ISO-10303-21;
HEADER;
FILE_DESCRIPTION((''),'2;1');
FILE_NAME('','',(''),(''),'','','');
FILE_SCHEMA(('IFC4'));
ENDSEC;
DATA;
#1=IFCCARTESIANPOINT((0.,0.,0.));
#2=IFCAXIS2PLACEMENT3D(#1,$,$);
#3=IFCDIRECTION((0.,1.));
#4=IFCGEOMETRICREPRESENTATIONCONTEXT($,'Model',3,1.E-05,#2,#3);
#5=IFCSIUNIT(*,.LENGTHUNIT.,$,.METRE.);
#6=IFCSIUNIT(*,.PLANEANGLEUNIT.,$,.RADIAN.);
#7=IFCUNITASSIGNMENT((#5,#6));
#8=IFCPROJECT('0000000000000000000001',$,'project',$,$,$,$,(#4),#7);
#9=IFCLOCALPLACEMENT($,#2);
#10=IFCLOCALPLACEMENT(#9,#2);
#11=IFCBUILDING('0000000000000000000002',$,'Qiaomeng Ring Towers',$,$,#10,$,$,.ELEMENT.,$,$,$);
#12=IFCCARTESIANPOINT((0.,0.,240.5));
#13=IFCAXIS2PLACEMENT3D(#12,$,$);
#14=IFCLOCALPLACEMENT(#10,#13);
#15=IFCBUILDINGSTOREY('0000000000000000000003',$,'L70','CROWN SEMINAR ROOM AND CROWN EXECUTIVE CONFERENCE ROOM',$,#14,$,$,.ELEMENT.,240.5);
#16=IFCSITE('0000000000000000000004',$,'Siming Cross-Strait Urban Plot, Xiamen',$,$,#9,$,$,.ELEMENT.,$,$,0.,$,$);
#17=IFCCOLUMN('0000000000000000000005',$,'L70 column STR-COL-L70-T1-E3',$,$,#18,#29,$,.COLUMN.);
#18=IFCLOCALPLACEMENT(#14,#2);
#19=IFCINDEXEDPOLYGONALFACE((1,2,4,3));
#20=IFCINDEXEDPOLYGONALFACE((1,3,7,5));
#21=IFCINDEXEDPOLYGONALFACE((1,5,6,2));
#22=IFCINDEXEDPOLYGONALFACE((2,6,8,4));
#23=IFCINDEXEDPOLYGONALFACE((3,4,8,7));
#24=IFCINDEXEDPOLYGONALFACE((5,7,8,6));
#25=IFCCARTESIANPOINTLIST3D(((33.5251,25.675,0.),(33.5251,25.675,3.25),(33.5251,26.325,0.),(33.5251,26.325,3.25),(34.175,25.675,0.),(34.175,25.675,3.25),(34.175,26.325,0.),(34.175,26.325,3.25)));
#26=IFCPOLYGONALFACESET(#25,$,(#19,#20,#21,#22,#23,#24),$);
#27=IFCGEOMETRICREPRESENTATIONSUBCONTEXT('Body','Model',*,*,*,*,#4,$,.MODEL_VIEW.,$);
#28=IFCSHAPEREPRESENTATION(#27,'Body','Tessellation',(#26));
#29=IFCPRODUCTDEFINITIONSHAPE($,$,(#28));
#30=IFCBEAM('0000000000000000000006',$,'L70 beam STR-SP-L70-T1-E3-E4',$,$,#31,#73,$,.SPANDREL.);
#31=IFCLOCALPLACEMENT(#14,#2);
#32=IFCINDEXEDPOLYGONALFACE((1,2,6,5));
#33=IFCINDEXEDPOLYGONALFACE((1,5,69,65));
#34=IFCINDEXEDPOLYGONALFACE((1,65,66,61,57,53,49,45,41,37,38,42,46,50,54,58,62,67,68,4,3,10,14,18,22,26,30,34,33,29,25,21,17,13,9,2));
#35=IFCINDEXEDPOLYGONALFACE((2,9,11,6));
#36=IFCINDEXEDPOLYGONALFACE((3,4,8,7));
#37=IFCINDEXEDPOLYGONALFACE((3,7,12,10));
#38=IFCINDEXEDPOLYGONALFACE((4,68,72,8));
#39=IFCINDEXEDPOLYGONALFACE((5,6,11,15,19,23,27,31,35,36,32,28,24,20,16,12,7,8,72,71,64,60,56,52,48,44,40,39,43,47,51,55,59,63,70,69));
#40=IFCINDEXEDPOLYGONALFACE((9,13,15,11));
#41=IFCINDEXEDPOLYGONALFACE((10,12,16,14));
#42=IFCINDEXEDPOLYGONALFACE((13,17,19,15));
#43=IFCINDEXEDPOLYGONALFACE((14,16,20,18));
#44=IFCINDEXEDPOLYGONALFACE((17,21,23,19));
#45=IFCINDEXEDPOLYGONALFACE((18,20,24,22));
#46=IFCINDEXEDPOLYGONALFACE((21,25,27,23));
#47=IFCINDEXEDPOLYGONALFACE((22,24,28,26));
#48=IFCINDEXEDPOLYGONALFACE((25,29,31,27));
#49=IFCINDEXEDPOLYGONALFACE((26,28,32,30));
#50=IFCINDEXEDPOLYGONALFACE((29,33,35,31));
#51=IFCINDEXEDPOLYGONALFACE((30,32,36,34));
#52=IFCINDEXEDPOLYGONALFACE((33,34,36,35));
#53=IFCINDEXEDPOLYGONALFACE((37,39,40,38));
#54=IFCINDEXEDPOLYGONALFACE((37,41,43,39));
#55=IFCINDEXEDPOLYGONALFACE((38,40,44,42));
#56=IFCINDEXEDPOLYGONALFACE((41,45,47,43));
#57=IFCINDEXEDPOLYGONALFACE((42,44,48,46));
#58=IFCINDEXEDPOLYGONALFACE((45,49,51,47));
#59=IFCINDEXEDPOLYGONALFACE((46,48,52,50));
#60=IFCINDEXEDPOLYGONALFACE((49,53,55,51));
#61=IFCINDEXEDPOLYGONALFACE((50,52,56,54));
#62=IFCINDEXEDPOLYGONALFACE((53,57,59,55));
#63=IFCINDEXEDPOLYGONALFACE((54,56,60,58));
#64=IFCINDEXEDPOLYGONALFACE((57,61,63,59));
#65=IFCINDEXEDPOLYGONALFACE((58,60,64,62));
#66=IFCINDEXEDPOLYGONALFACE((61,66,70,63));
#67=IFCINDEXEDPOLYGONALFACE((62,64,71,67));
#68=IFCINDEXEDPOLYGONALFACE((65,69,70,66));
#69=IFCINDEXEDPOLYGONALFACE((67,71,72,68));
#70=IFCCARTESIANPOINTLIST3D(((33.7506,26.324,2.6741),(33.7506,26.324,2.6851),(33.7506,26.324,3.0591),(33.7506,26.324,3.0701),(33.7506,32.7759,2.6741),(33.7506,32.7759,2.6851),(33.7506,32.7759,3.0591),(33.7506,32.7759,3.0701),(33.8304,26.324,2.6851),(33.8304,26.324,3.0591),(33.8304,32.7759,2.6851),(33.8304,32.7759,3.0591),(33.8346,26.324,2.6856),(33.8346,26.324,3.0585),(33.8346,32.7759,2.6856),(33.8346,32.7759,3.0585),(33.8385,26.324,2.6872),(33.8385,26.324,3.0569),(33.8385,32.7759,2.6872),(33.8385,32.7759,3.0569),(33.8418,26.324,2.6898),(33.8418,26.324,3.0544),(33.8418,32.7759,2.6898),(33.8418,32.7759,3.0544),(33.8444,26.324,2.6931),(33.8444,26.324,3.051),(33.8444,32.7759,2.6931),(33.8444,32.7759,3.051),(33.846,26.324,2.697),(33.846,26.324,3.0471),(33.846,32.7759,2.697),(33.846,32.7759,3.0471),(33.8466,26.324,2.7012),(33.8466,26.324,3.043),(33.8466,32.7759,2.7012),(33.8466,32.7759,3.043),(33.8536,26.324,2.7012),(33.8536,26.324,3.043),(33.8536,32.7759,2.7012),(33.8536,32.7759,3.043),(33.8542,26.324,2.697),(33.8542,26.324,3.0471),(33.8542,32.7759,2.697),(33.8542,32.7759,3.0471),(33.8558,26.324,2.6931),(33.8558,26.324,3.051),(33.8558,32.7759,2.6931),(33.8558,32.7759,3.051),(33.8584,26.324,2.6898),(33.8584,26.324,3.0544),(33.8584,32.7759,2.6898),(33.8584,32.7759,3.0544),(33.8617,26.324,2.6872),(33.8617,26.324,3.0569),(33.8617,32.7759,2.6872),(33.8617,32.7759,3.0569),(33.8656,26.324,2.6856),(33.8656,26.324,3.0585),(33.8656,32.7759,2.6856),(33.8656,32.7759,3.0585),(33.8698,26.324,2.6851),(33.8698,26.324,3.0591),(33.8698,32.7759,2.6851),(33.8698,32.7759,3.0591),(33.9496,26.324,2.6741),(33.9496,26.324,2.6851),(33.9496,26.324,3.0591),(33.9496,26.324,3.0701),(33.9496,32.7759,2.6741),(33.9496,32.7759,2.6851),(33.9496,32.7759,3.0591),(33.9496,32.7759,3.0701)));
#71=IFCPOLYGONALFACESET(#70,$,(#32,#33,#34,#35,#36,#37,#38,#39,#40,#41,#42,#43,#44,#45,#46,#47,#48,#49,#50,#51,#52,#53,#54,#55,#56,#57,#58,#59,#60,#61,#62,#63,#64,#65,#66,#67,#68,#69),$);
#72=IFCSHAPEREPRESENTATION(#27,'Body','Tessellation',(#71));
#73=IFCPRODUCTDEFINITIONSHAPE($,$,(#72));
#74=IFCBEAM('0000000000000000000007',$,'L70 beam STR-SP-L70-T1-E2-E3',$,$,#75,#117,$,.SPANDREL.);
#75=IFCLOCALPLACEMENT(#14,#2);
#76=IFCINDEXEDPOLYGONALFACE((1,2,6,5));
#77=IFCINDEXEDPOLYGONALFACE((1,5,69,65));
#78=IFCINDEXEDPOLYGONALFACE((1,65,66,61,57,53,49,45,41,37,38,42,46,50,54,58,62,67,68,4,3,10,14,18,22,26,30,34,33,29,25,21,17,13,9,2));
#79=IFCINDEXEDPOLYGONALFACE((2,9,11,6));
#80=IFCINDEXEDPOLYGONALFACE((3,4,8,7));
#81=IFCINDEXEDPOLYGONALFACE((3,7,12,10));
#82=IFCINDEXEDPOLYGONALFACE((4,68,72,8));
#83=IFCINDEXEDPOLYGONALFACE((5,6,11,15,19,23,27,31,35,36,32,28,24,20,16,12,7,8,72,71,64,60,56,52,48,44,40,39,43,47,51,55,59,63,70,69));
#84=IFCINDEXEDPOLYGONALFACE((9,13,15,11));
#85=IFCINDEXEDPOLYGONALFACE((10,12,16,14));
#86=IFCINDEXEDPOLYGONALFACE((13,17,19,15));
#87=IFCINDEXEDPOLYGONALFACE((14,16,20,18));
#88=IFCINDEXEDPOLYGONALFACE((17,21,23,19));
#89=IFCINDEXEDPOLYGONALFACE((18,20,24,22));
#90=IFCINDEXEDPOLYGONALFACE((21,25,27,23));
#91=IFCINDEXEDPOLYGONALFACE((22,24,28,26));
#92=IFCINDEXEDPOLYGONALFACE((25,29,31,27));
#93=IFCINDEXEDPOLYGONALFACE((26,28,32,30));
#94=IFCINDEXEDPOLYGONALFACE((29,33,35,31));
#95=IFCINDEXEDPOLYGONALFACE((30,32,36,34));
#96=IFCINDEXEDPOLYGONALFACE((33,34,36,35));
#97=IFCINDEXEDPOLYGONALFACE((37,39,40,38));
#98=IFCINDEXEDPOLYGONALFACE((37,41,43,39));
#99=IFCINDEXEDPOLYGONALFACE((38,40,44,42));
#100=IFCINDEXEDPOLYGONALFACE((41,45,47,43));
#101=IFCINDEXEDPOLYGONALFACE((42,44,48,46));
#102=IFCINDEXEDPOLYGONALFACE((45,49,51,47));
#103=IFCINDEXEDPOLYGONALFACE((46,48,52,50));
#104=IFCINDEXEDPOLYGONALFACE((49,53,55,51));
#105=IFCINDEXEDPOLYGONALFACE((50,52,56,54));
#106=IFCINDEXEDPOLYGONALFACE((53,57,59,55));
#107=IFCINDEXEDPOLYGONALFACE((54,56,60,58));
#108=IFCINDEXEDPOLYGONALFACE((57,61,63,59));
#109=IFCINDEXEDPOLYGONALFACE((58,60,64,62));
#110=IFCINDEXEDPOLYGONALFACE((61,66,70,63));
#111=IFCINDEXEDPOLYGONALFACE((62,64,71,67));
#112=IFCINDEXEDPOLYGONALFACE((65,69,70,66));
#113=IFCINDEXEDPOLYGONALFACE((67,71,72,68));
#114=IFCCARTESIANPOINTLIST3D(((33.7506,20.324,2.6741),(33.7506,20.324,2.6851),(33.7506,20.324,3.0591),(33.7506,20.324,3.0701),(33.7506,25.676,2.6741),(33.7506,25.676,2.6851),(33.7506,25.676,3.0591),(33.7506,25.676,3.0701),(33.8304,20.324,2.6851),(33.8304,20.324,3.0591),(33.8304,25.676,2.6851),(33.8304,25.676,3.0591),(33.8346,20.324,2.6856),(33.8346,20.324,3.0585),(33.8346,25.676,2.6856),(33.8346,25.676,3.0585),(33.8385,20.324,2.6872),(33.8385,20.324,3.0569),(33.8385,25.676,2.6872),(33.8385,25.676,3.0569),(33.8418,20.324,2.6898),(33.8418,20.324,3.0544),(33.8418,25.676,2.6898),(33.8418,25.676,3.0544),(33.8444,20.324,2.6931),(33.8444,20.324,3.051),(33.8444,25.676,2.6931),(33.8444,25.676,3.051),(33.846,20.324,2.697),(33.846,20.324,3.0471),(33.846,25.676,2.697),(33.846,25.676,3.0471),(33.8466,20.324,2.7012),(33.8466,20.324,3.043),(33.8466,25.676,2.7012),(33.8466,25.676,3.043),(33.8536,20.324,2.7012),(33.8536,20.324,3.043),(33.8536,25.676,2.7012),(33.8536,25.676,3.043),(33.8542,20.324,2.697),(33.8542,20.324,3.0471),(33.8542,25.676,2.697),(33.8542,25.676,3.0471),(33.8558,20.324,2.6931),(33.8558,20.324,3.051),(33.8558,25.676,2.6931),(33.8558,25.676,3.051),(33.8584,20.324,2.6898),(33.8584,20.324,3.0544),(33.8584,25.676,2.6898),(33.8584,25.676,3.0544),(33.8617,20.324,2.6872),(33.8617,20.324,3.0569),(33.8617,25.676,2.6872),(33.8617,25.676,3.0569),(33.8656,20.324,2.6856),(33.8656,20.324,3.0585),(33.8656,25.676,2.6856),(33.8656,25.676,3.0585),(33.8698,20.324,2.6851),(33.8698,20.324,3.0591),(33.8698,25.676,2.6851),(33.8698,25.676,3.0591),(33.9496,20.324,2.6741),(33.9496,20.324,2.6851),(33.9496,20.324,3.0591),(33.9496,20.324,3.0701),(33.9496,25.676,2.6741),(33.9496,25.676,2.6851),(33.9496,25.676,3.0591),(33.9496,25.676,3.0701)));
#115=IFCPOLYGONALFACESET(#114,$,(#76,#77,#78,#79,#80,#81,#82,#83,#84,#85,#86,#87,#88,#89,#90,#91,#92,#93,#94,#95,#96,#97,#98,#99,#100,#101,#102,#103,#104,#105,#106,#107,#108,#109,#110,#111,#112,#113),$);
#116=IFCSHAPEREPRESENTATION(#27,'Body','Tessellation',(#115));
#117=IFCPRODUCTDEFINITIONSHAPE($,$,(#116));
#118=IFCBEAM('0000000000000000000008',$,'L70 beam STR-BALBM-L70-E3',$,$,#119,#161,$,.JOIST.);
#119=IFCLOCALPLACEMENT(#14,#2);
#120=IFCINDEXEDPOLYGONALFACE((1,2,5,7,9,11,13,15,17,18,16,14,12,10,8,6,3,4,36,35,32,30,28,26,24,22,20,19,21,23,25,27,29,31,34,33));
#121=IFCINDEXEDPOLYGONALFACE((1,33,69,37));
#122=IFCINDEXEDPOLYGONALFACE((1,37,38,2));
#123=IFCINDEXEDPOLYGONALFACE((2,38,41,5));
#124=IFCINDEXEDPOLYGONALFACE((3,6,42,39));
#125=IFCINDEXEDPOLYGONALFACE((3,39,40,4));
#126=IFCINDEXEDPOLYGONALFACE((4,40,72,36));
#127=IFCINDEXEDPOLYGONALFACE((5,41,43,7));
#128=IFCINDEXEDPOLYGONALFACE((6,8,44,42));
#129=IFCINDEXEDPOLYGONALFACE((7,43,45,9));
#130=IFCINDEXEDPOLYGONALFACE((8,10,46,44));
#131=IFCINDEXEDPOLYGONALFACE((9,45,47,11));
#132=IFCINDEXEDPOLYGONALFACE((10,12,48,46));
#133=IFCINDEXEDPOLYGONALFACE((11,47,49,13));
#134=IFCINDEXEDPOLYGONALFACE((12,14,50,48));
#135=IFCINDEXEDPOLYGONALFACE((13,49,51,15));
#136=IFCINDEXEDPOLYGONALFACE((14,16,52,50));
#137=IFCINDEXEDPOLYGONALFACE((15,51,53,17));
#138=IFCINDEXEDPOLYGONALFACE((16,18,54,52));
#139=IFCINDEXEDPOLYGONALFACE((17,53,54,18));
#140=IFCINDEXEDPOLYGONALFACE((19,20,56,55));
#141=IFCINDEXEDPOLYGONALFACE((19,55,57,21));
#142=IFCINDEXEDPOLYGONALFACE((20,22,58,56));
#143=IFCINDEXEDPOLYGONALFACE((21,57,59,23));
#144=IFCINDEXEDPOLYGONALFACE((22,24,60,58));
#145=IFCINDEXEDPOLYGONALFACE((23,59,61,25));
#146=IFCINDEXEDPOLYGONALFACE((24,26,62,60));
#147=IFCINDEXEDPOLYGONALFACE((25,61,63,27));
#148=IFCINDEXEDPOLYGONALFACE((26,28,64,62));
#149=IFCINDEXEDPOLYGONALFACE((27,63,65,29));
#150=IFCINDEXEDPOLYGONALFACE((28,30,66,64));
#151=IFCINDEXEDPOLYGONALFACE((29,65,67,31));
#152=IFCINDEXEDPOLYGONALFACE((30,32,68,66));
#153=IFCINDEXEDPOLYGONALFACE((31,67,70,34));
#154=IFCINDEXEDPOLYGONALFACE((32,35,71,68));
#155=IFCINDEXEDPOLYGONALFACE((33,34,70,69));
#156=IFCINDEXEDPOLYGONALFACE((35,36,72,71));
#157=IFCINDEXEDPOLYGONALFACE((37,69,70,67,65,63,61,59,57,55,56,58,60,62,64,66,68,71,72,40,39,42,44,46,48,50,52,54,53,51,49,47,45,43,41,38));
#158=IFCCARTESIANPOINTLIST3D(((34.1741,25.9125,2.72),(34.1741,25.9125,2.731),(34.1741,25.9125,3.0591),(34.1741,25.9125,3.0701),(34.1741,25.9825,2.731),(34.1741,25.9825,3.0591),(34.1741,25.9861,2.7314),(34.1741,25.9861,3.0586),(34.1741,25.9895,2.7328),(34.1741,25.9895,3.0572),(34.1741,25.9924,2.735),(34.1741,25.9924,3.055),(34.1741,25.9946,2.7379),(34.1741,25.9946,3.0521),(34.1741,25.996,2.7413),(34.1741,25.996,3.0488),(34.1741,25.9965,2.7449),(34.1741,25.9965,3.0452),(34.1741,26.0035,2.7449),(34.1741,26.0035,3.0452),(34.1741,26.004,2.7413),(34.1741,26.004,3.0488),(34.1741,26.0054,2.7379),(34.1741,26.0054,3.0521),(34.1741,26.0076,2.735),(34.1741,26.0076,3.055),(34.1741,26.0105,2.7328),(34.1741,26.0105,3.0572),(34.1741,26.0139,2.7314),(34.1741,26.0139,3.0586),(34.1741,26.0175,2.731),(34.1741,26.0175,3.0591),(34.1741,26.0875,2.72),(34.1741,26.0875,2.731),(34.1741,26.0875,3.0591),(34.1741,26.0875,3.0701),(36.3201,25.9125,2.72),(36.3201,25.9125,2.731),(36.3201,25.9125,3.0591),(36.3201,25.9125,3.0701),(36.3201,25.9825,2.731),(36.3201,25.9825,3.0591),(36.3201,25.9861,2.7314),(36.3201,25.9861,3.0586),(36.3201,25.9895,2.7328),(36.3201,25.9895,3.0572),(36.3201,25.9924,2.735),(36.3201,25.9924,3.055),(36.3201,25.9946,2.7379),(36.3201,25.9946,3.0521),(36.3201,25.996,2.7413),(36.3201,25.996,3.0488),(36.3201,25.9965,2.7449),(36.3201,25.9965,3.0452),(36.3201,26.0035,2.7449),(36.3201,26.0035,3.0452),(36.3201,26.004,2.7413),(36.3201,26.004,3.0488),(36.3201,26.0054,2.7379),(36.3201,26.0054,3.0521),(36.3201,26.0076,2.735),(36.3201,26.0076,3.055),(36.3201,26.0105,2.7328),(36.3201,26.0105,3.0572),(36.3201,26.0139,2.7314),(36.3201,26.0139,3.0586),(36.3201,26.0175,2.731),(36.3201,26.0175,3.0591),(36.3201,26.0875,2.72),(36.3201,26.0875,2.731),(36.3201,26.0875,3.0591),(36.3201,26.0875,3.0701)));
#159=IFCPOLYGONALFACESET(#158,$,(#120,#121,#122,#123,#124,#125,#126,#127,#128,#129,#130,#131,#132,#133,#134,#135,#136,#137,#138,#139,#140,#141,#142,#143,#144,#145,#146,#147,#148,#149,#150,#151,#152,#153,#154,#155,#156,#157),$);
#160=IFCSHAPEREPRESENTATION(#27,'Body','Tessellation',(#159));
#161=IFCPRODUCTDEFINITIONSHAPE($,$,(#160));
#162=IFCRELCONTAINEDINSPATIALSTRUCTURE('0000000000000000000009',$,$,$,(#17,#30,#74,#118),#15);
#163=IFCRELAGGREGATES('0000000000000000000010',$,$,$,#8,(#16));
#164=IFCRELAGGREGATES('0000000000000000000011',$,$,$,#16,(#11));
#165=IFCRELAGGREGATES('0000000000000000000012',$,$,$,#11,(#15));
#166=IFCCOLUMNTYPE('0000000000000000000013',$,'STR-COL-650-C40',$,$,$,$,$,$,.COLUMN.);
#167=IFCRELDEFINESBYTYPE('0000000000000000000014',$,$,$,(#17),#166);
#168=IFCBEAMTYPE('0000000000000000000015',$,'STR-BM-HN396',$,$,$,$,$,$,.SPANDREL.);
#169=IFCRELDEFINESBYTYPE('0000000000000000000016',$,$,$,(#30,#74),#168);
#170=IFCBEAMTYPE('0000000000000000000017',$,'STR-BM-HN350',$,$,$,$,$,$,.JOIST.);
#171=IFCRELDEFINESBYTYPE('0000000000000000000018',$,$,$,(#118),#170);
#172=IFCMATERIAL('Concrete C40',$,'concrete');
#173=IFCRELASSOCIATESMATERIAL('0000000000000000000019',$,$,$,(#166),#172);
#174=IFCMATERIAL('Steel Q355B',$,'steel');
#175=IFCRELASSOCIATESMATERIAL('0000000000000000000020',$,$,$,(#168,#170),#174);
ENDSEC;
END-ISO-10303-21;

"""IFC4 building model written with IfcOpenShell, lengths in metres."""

from ifc_helpers import new_model, si_unit, direction, frame, origin, origin_2d, place, context, subcontext, project, spatial, rectangle, i_section, extrude, source, transform, mapped, material, material_profile, profile_set, type_object, element, save


model = new_model("IFC4")

# Units and contexts
model_context = context("Model", 3, precision=1e-05, world=origin(), true_north=direction((0.0, 1.0)))
body_context = subcontext(model_context, "Body", "Model", "MODEL_VIEW")
ifc_project = project(units=[si_unit("LENGTHUNIT", "METRE"), si_unit("PLANEANGLEUNIT", "RADIAN")], contexts=[model_context])

# Site, building, storey
site_placement = place(None, origin())
site = spatial("IfcSite", under=ifc_project, at=site_placement, Name="Siming Cross-Strait Urban Plot, Xiamen", CompositionType="ELEMENT", RefElevation=0.0)
building_placement = place(site_placement, origin())
building = spatial("IfcBuilding", under=site, at=building_placement, Name="Qiaomeng Ring Towers", CompositionType="ELEMENT")
storey_placement = place(building_placement, frame((0.0, 0.0, 240.5)))
storey = spatial("IfcBuildingStorey", under=building, at=storey_placement, Name="L70", Description="CROWN SEMINAR ROOM AND CROWN EXECUTIVE CONFERENCE ROOM", CompositionType="ELEMENT", Elevation=240.5)

# Column
ifc_material_1 = material(Name="Concrete C40", Category="concrete")
ifc_material_profile_1 = material_profile(ifc_material_1, rectangle(XDim=0.6499, YDim=0.6499, at=origin_2d()), Name="RC COL 650x650")
ifc_profile_set_1 = profile_set([ifc_material_profile_1], Name="Concrete C40")
column_type = type_object("IfcColumnType", Name="STR-COL-650-C40", PredefinedType="COLUMN", material=ifc_profile_set_1)
shared_shape_1 = source(origin(), body_context, "Body", "SweptSolid", [
    extrude(rectangle(XDim=0.6499, YDim=0.6499, at=origin_2d()), origin(), (0.0, 0.0, 1.0), 3.25),
])
column_placement = place(storey_placement, frame((33.8501, 26.0, 0.0), z_axis=(0.0, 0.0, 1.0), x_axis=(1.0, 0.0, 0.0)))
element("IfcColumn", 1, at=column_placement, inside=storey, type_object=column_type, Name="L70 column STR-COL-L70-T1-E3", PredefinedType="COLUMN", context=body_context, shape_type="MappedRepresentation", body=[
    mapped(shared_shape_1, transform((0.0, 0.0, 0.0), x_axis=(1.0, 0.0, 0.0), y_axis=(0.0, 1.0, 0.0), z_axis=(0.0, 0.0, 1.0), scale=1.0)),
])

# Beams
ifc_material_2 = material(Name="Steel Q355B", Category="steel")
ifc_material_profile_2 = material_profile(ifc_material_2, i_section(OverallWidth=0.199, OverallDepth=0.396, WebThickness=0.0071, FlangeThickness=0.011, FilletRadius=0.0161, at=origin_2d()), Name="HN 396x199x7x11")
ifc_profile_set_2 = profile_set([ifc_material_profile_2], Name="Steel Q355B")
beam_type_1 = type_object("IfcBeamType", Name="STR-BM-HN396", PredefinedType="SPANDREL", material=ifc_profile_set_2)
shared_shape_2 = source(origin(), body_context, "Body", "SweptSolid", [
    extrude(i_section(OverallWidth=0.199, OverallDepth=0.396, WebThickness=0.0071, FlangeThickness=0.011, FilletRadius=0.0161, at=origin_2d()), origin(), (0.0, 0.0, 1.0), 6.4519),
])
beam_1_placement = place(storey_placement, frame((33.8501, 26.324, 2.8721), z_axis=(0.0, 1.0, 0.0), x_axis=(-1.0, 0.0, 0.0)))
element("IfcBeam", 2, at=beam_1_placement, inside=storey, type_object=beam_type_1, Name="L70 beam STR-SP-L70-T1-E3-E4", PredefinedType="SPANDREL", context=body_context, shape_type="MappedRepresentation", body=[
    mapped(shared_shape_2, transform((0.0, 0.0, 0.0), x_axis=(1.0, 0.0, 0.0), y_axis=(0.0, 1.0, 0.0), z_axis=(0.0, 0.0, 1.0), scale=1.0)),
])
shared_shape_3 = source(origin(), body_context, "Body", "SweptSolid", [
    extrude(i_section(OverallWidth=0.199, OverallDepth=0.396, WebThickness=0.0071, FlangeThickness=0.011, FilletRadius=0.0161, at=origin_2d()), origin(), (0.0, 0.0, 1.0), 5.3521),
])
beam_2_placement = place(storey_placement, frame((33.8501, 20.324, 2.8721), z_axis=(0.0, 1.0, 0.0), x_axis=(-1.0, 0.0, 0.0)))
element("IfcBeam", 3, at=beam_2_placement, inside=storey, type_object=beam_type_1, Name="L70 beam STR-SP-L70-T1-E2-E3", PredefinedType="SPANDREL", context=body_context, shape_type="MappedRepresentation", body=[
    mapped(shared_shape_3, transform((0.0, 0.0, 0.0), x_axis=(1.0, 0.0, 0.0), y_axis=(0.0, 1.0, 0.0), z_axis=(0.0, 0.0, 1.0), scale=1.0)),
])
ifc_material_profile_3 = material_profile(ifc_material_2, i_section(OverallWidth=0.175, OverallDepth=0.3501, WebThickness=0.0071, FlangeThickness=0.011, FilletRadius=0.0139, at=origin_2d()), Name="HN 350x175x7x11")
ifc_profile_set_3 = profile_set([ifc_material_profile_3], Name="Steel Q355B")
beam_type_2 = type_object("IfcBeamType", Name="STR-BM-HN350", PredefinedType="JOIST", material=ifc_profile_set_3)
shared_shape_4 = source(origin(), body_context, "Body", "SweptSolid", [
    extrude(i_section(OverallWidth=0.175, OverallDepth=0.3501, WebThickness=0.0071, FlangeThickness=0.011, FilletRadius=0.0139, at=origin_2d()), origin(), (0.0, 0.0, 1.0), 2.146),
])
beam_3_placement = place(storey_placement, frame((34.1741, 26.0, 2.895), z_axis=(1.0, 0.0, 0.0), x_axis=(0.0, 1.0, 0.0)))
element("IfcBeam", 4, at=beam_3_placement, inside=storey, type_object=beam_type_2, Name="L70 beam STR-BALBM-L70-E3", PredefinedType="JOIST", context=body_context, shape_type="MappedRepresentation", body=[
    mapped(shared_shape_4, transform((0.0, 0.0, 0.0), x_axis=(1.0, 0.0, 0.0), y_axis=(0.0, 1.0, 0.0), z_axis=(0.0, 0.0, 1.0), scale=1.0)),
])

save(model, "model.ifc")
